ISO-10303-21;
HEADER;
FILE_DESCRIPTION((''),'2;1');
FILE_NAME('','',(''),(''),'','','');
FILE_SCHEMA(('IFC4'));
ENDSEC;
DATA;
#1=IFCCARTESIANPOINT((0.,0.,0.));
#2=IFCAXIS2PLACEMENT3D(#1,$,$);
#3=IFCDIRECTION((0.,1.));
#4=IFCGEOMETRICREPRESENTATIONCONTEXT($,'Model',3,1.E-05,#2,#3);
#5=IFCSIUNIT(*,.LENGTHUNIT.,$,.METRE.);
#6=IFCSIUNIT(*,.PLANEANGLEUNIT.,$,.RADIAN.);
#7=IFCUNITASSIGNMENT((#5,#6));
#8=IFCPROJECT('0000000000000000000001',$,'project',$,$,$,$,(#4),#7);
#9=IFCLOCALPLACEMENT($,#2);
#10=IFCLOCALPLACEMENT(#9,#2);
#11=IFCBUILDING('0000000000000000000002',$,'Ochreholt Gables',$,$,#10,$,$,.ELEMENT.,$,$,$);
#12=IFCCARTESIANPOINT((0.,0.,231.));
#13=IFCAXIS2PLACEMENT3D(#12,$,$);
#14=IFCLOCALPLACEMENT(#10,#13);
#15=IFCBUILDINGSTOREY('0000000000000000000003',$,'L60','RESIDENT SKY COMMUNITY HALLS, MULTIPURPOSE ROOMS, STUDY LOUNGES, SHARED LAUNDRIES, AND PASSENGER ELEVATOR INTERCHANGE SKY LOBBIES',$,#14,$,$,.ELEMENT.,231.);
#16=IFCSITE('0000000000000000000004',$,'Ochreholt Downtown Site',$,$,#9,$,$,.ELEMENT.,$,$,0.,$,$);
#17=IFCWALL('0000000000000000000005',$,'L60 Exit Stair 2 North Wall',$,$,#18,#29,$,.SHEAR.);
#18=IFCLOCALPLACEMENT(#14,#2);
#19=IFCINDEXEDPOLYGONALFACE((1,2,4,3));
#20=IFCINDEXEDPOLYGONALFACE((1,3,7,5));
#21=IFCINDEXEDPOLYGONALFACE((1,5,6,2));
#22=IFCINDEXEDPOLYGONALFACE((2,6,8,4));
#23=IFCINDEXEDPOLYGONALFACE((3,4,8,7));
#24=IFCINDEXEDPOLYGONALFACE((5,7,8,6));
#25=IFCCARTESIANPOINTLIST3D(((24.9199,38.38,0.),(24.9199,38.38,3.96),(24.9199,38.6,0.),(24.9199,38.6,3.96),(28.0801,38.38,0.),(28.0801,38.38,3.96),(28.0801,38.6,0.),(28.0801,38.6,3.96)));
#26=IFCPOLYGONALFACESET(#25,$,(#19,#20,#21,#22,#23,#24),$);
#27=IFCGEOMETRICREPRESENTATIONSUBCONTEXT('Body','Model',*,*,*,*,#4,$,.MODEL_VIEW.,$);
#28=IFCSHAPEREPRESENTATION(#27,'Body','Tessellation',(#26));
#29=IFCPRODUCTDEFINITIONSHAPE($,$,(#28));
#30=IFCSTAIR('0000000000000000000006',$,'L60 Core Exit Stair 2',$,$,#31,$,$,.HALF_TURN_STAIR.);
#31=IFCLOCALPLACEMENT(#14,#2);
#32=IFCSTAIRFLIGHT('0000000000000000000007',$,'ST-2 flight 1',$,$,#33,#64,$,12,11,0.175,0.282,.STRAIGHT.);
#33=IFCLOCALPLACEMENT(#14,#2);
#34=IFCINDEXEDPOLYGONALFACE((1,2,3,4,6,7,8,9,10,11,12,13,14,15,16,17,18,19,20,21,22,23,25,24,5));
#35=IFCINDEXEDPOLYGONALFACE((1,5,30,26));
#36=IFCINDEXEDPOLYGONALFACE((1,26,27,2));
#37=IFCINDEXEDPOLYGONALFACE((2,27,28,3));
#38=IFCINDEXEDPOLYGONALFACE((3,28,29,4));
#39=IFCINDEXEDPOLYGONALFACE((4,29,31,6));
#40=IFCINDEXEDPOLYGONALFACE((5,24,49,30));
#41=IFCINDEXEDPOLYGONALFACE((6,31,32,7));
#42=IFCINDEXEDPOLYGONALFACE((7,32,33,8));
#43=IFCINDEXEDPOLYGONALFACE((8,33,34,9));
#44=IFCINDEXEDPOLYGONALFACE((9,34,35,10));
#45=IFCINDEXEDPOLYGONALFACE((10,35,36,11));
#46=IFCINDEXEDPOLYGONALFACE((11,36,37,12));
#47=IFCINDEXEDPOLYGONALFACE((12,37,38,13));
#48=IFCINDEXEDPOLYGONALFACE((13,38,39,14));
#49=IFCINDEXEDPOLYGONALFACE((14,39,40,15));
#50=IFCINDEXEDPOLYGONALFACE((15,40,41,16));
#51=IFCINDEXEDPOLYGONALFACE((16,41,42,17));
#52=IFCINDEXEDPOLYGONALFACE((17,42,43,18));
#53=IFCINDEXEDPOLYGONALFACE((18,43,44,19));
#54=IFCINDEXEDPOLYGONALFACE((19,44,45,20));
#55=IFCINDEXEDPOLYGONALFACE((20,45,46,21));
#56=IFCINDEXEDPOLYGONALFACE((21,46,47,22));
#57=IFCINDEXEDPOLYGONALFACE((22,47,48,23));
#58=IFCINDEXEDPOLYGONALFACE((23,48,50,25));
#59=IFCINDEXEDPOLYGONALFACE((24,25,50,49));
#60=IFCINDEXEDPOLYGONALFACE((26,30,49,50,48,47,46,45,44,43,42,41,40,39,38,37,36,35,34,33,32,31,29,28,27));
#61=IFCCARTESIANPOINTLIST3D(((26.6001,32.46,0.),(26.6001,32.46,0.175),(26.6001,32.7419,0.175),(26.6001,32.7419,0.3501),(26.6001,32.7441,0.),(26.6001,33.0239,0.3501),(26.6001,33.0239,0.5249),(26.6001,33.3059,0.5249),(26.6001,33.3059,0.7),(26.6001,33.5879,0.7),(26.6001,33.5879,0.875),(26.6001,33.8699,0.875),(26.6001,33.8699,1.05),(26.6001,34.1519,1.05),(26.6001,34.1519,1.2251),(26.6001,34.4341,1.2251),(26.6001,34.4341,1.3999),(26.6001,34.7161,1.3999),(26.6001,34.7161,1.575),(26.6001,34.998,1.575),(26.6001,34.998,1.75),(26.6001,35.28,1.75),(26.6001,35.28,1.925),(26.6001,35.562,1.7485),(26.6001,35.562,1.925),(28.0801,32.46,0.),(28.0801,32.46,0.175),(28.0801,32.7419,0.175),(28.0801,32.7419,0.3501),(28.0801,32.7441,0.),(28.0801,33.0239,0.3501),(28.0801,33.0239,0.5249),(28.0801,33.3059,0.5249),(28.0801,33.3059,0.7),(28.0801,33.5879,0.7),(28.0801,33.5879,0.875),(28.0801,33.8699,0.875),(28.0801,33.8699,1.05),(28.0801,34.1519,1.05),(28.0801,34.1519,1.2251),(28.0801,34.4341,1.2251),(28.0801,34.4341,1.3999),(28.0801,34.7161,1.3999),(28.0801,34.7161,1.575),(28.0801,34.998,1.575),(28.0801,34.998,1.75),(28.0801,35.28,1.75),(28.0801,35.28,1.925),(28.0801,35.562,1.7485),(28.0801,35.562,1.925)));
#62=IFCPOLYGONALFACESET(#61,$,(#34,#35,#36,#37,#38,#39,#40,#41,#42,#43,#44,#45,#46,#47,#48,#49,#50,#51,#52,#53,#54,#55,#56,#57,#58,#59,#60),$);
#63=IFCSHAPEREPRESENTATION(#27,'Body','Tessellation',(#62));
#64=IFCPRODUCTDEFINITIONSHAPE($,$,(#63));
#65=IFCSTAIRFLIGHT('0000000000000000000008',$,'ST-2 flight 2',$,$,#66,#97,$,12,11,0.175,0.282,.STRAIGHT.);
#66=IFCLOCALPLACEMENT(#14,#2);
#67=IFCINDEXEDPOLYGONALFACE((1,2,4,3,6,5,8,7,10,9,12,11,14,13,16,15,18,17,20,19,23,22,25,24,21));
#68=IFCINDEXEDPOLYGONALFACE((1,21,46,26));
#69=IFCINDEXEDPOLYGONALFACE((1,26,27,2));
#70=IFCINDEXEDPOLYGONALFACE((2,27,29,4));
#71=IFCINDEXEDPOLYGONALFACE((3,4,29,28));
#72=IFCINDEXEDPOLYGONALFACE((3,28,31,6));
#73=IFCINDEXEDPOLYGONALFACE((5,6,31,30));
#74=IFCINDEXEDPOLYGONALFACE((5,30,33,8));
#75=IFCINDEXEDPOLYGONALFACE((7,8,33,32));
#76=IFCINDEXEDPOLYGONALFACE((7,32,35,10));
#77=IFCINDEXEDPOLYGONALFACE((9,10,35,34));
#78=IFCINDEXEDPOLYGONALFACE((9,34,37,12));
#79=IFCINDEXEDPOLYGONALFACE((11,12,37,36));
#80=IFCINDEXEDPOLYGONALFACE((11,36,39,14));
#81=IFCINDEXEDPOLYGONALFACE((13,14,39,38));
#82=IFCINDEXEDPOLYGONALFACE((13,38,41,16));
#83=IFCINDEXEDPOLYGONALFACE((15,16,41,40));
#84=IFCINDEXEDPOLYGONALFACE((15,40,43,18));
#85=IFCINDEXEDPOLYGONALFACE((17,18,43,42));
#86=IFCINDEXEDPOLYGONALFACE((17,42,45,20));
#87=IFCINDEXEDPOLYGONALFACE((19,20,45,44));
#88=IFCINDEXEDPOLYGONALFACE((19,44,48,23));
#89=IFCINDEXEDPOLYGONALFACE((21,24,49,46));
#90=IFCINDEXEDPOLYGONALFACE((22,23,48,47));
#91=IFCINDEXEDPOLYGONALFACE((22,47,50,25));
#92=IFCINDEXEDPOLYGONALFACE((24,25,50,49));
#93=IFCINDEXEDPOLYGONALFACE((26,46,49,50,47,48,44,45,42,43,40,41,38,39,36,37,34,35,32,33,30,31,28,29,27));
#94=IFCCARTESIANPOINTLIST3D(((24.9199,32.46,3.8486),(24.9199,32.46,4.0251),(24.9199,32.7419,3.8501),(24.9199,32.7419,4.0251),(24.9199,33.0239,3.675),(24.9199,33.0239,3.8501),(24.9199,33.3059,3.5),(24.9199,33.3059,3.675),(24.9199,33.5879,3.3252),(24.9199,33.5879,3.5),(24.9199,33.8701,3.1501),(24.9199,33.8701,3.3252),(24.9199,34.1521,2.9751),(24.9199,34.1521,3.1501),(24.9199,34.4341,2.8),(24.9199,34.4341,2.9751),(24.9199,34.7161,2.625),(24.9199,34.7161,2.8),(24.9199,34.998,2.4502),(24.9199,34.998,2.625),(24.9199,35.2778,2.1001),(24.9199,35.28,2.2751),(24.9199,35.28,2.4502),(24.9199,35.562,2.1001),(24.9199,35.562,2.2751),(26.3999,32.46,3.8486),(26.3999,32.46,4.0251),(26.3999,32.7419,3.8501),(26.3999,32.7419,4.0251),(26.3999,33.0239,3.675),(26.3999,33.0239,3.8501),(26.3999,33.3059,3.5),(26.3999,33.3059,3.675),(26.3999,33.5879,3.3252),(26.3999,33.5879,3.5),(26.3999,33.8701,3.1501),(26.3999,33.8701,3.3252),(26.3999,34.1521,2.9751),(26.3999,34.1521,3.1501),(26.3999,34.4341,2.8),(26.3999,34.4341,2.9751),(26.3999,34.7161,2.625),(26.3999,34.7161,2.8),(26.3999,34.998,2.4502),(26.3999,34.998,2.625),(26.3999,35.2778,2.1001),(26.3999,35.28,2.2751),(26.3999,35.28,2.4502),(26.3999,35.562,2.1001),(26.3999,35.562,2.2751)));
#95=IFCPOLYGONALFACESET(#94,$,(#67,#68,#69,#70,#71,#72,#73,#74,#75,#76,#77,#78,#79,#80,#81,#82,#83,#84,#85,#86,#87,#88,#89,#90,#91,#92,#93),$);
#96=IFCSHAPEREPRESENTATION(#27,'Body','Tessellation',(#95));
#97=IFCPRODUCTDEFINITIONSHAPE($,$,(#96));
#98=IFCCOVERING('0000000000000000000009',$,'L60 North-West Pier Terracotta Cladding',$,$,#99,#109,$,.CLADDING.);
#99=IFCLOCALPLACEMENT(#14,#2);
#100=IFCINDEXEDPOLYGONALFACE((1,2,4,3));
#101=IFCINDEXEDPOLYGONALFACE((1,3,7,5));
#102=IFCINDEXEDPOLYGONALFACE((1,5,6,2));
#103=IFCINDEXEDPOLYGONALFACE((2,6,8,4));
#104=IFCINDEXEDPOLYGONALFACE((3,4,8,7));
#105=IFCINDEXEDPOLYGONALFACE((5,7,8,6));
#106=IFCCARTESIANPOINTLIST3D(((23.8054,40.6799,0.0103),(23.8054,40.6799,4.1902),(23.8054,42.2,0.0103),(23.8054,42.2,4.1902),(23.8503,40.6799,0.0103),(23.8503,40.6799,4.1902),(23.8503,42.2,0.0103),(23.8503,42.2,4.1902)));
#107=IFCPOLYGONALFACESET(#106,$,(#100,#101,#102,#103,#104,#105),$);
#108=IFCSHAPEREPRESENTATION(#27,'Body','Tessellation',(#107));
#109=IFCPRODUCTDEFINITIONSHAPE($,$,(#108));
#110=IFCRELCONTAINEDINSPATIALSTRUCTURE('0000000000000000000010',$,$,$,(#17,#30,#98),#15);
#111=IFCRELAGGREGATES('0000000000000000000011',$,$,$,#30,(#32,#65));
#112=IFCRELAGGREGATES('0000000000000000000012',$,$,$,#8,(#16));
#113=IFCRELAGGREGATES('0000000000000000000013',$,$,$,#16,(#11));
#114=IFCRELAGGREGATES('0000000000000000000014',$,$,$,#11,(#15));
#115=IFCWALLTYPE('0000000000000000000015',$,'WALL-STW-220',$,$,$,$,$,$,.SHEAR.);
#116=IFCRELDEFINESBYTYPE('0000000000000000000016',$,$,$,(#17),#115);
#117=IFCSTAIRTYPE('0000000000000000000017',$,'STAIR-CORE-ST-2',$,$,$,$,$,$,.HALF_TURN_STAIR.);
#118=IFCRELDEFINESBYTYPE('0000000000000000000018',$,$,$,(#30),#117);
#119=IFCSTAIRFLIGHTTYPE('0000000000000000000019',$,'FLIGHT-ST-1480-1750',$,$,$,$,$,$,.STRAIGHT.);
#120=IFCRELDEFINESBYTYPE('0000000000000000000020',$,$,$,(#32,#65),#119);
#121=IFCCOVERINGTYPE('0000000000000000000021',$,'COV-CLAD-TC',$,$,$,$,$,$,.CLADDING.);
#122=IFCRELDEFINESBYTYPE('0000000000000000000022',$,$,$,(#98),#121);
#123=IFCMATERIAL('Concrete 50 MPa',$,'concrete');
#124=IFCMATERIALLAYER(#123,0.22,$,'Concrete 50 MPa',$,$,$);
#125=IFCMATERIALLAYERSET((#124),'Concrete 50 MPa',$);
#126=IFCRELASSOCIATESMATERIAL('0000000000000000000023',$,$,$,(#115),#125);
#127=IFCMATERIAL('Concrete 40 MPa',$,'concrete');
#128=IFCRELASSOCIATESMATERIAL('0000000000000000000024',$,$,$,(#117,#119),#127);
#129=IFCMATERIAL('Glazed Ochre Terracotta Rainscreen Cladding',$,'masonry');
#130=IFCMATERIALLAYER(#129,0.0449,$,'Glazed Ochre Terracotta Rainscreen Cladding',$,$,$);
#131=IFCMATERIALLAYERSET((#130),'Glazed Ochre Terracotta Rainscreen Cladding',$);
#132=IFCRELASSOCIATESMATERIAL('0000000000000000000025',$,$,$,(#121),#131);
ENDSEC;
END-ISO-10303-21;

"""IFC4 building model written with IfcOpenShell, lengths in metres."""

from ifc_helpers import new_model, si_unit, direction, frame, frame_2d, origin, origin_2d, place, context, subcontext, project, spatial, polyline, rectangle, outline, extrude, material, layer, layer_set, type_object, element, aggregate, save


model = new_model("IFC4")

# Units and contexts
model_context = context("Model", 3, precision=1e-05, world=origin(), true_north=direction((0.0, 1.0)))
body_context = subcontext(model_context, "Body", "Model", "MODEL_VIEW")
ifc_project = project(units=[si_unit("LENGTHUNIT", "METRE"), si_unit("PLANEANGLEUNIT", "RADIAN")], contexts=[model_context])

# Site, building, storey
site_placement = place(None, origin())
site = spatial("IfcSite", under=ifc_project, at=site_placement, Name="Ochreholt Downtown Site", CompositionType="ELEMENT", RefElevation=0.0)
building_placement = place(site_placement, origin())
building = spatial("IfcBuilding", under=site, at=building_placement, Name="Ochreholt Gables", CompositionType="ELEMENT")
storey_placement = place(building_placement, frame((0.0, 0.0, 231.0)))
storey = spatial("IfcBuildingStorey", under=building, at=storey_placement, Name="L60", Description="RESIDENT SKY COMMUNITY HALLS, MULTIPURPOSE ROOMS, STUDY LOUNGES, SHARED LAUNDRIES, AND PASSENGER ELEVATOR INTERCHANGE SKY LOBBIES", CompositionType="ELEMENT", Elevation=231.0)

# Shared definitions
ifc_material_1 = material(Name="Concrete 50 MPa", Category="concrete")

# Wall
ifc_layer_1 = layer(ifc_material_1, 0.22, Name="Concrete 50 MPa")
ifc_layer_set_1 = layer_set([ifc_layer_1], Name="Concrete 50 MPa")
wall_type_1 = type_object("IfcWallType", Name="WALL-STW-220", PredefinedType="SHEAR", material=ifc_layer_set_1)
wall_1_placement = place(storey_placement, frame((24.9199, 38.49, 0.0), z_axis=(0.0, 0.0, 1.0), x_axis=(1.0, 0.0, 0.0)))
element("IfcWall", 1, at=wall_1_placement, inside=storey, type_object=wall_type_1, Name="L60 Exit Stair 2 North Wall", PredefinedType="SHEAR", context=body_context, shape_type="SweptSolid", body=[
    extrude(rectangle(XDim=3.1602, YDim=0.22, at=frame_2d((1.5801, 0.0))), origin(), (0.0, 0.0, 1.0), 3.96),
])

# Stair, stair flights
ifc_material_2 = material(Name="Concrete 40 MPa", Category="concrete")
stair_type = type_object("IfcStairType", Name="STAIR-CORE-ST-2", PredefinedType="HALF_TURN_STAIR", material=ifc_material_2)
stair_placement = place(storey_placement, origin())
stair = element("IfcStair", 2, at=stair_placement, inside=storey, type_object=stair_type, Name="L60 Core Exit Stair 2", PredefinedType="HALF_TURN_STAIR")
stair_flight_type = type_object("IfcStairFlightType", Name="FLIGHT-ST-1480-1750", PredefinedType="STRAIGHT", material=ifc_material_2)
stair_flight_1_placement = place(storey_placement, frame((27.3401, 32.46, 0.0), z_axis=(0.0, 0.0, 1.0), x_axis=(0.0, 1.0, 0.0)))
stair_flight_1 = element("IfcStairFlight", 3, at=stair_flight_1_placement, type_object=stair_flight_type, Name="ST-2 flight 1", NumberOfRisers=12, NumberOfTreads=11, PredefinedType="STRAIGHT", RiserHeight=0.175, TreadLength=0.282, context=body_context, shape_type="SweptSolid", body=[
    extrude(outline(polyline([(0.0, 0.0), (0.0, 0.175), (0.282, 0.175), (0.282, 0.3501), (0.564, 0.3501), (0.564, 0.5249), (0.8459, 0.5249), (0.8459, 0.7), (1.1279, 0.7), (1.1279, 0.875), (1.4099, 0.875), (1.4099, 1.05), (1.6919, 1.05), (1.6919, 1.2251), (1.9741, 1.2251), (1.9741, 1.3999), (2.2561, 1.3999), (2.2561, 1.575), (2.5381, 1.575), (2.5381, 1.75), (2.8201, 1.75), (2.8201, 1.925), (3.1021, 1.925), (3.1021, 2.1001), (3.1021, 1.7485), (0.2842, 0.0), (0.0, 0.0)])), frame((0.0, 0.74, 0.0), z_axis=(0.0, -1.0, 0.0), x_axis=(1.0, 0.0, 0.0)), (0.0, 0.0, 1.0), 1.48),
])
stair_flight_2_placement = place(storey_placement, frame((25.6599, 35.562, 2.1001), z_axis=(0.0, 0.0, 1.0), x_axis=(0.0, -1.0, 0.0)))
stair_flight_2 = element("IfcStairFlight", 4, at=stair_flight_2_placement, type_object=stair_flight_type, Name="ST-2 flight 2", NumberOfRisers=12, NumberOfTreads=11, PredefinedType="STRAIGHT", RiserHeight=0.175, TreadLength=0.282, context=body_context, shape_type="SweptSolid", body=[
    extrude(outline(polyline([(0.0, 0.0), (0.0, 0.175), (0.282, 0.175), (0.282, 0.3501), (0.564, 0.3501), (0.564, 0.5249), (0.8459, 0.5249), (0.8459, 0.7), (1.1279, 0.7), (1.1279, 0.875), (1.4099, 0.875), (1.4099, 1.05), (1.6919, 1.05), (1.6919, 1.2251), (1.9741, 1.2251), (1.9741, 1.3999), (2.2561, 1.3999), (2.2561, 1.575), (2.5381, 1.575), (2.5381, 1.75), (2.8201, 1.75), (2.8201, 1.925), (3.1021, 1.925), (3.1021, 2.1001), (3.1021, 1.7485), (0.2842, 0.0), (0.0, 0.0)])), frame((0.0, 0.74, 0.0), z_axis=(0.0, -1.0, 0.0), x_axis=(1.0, 0.0, 0.0)), (0.0, 0.0, 1.0), 1.48),
])
aggregate(stair, [stair_flight_1, stair_flight_2])

# Covering
ifc_material_3 = material(Name="Glazed Ochre Terracotta Rainscreen Cladding", Category="masonry")
ifc_layer_2 = layer(ifc_material_3, 0.0449, Name="Glazed Ochre Terracotta Rainscreen Cladding")
ifc_layer_set_2 = layer_set([ifc_layer_2], Name="Glazed Ochre Terracotta Rainscreen Cladding")
covering_type = type_object("IfcCoveringType", Name="COV-CLAD-TC", PredefinedType="CLADDING", material=ifc_layer_set_2)
covering_placement = place(storey_placement, frame((23.8279, 41.4399, 0.0103), z_axis=(0.0, 0.0, 1.0), x_axis=(0.0, 1.0, 0.0)))
element("IfcCovering", 5, at=covering_placement, inside=storey, type_object=covering_type, Name="L60 North-West Pier Terracotta Cladding", PredefinedType="CLADDING", context=body_context, shape_type="SweptSolid", body=[
    extrude(rectangle(XDim=1.52, YDim=0.0449, at=origin_2d()), origin(), (0.0, 0.0, 1.0), 4.1799),
])

save(model, "model.ifc")
